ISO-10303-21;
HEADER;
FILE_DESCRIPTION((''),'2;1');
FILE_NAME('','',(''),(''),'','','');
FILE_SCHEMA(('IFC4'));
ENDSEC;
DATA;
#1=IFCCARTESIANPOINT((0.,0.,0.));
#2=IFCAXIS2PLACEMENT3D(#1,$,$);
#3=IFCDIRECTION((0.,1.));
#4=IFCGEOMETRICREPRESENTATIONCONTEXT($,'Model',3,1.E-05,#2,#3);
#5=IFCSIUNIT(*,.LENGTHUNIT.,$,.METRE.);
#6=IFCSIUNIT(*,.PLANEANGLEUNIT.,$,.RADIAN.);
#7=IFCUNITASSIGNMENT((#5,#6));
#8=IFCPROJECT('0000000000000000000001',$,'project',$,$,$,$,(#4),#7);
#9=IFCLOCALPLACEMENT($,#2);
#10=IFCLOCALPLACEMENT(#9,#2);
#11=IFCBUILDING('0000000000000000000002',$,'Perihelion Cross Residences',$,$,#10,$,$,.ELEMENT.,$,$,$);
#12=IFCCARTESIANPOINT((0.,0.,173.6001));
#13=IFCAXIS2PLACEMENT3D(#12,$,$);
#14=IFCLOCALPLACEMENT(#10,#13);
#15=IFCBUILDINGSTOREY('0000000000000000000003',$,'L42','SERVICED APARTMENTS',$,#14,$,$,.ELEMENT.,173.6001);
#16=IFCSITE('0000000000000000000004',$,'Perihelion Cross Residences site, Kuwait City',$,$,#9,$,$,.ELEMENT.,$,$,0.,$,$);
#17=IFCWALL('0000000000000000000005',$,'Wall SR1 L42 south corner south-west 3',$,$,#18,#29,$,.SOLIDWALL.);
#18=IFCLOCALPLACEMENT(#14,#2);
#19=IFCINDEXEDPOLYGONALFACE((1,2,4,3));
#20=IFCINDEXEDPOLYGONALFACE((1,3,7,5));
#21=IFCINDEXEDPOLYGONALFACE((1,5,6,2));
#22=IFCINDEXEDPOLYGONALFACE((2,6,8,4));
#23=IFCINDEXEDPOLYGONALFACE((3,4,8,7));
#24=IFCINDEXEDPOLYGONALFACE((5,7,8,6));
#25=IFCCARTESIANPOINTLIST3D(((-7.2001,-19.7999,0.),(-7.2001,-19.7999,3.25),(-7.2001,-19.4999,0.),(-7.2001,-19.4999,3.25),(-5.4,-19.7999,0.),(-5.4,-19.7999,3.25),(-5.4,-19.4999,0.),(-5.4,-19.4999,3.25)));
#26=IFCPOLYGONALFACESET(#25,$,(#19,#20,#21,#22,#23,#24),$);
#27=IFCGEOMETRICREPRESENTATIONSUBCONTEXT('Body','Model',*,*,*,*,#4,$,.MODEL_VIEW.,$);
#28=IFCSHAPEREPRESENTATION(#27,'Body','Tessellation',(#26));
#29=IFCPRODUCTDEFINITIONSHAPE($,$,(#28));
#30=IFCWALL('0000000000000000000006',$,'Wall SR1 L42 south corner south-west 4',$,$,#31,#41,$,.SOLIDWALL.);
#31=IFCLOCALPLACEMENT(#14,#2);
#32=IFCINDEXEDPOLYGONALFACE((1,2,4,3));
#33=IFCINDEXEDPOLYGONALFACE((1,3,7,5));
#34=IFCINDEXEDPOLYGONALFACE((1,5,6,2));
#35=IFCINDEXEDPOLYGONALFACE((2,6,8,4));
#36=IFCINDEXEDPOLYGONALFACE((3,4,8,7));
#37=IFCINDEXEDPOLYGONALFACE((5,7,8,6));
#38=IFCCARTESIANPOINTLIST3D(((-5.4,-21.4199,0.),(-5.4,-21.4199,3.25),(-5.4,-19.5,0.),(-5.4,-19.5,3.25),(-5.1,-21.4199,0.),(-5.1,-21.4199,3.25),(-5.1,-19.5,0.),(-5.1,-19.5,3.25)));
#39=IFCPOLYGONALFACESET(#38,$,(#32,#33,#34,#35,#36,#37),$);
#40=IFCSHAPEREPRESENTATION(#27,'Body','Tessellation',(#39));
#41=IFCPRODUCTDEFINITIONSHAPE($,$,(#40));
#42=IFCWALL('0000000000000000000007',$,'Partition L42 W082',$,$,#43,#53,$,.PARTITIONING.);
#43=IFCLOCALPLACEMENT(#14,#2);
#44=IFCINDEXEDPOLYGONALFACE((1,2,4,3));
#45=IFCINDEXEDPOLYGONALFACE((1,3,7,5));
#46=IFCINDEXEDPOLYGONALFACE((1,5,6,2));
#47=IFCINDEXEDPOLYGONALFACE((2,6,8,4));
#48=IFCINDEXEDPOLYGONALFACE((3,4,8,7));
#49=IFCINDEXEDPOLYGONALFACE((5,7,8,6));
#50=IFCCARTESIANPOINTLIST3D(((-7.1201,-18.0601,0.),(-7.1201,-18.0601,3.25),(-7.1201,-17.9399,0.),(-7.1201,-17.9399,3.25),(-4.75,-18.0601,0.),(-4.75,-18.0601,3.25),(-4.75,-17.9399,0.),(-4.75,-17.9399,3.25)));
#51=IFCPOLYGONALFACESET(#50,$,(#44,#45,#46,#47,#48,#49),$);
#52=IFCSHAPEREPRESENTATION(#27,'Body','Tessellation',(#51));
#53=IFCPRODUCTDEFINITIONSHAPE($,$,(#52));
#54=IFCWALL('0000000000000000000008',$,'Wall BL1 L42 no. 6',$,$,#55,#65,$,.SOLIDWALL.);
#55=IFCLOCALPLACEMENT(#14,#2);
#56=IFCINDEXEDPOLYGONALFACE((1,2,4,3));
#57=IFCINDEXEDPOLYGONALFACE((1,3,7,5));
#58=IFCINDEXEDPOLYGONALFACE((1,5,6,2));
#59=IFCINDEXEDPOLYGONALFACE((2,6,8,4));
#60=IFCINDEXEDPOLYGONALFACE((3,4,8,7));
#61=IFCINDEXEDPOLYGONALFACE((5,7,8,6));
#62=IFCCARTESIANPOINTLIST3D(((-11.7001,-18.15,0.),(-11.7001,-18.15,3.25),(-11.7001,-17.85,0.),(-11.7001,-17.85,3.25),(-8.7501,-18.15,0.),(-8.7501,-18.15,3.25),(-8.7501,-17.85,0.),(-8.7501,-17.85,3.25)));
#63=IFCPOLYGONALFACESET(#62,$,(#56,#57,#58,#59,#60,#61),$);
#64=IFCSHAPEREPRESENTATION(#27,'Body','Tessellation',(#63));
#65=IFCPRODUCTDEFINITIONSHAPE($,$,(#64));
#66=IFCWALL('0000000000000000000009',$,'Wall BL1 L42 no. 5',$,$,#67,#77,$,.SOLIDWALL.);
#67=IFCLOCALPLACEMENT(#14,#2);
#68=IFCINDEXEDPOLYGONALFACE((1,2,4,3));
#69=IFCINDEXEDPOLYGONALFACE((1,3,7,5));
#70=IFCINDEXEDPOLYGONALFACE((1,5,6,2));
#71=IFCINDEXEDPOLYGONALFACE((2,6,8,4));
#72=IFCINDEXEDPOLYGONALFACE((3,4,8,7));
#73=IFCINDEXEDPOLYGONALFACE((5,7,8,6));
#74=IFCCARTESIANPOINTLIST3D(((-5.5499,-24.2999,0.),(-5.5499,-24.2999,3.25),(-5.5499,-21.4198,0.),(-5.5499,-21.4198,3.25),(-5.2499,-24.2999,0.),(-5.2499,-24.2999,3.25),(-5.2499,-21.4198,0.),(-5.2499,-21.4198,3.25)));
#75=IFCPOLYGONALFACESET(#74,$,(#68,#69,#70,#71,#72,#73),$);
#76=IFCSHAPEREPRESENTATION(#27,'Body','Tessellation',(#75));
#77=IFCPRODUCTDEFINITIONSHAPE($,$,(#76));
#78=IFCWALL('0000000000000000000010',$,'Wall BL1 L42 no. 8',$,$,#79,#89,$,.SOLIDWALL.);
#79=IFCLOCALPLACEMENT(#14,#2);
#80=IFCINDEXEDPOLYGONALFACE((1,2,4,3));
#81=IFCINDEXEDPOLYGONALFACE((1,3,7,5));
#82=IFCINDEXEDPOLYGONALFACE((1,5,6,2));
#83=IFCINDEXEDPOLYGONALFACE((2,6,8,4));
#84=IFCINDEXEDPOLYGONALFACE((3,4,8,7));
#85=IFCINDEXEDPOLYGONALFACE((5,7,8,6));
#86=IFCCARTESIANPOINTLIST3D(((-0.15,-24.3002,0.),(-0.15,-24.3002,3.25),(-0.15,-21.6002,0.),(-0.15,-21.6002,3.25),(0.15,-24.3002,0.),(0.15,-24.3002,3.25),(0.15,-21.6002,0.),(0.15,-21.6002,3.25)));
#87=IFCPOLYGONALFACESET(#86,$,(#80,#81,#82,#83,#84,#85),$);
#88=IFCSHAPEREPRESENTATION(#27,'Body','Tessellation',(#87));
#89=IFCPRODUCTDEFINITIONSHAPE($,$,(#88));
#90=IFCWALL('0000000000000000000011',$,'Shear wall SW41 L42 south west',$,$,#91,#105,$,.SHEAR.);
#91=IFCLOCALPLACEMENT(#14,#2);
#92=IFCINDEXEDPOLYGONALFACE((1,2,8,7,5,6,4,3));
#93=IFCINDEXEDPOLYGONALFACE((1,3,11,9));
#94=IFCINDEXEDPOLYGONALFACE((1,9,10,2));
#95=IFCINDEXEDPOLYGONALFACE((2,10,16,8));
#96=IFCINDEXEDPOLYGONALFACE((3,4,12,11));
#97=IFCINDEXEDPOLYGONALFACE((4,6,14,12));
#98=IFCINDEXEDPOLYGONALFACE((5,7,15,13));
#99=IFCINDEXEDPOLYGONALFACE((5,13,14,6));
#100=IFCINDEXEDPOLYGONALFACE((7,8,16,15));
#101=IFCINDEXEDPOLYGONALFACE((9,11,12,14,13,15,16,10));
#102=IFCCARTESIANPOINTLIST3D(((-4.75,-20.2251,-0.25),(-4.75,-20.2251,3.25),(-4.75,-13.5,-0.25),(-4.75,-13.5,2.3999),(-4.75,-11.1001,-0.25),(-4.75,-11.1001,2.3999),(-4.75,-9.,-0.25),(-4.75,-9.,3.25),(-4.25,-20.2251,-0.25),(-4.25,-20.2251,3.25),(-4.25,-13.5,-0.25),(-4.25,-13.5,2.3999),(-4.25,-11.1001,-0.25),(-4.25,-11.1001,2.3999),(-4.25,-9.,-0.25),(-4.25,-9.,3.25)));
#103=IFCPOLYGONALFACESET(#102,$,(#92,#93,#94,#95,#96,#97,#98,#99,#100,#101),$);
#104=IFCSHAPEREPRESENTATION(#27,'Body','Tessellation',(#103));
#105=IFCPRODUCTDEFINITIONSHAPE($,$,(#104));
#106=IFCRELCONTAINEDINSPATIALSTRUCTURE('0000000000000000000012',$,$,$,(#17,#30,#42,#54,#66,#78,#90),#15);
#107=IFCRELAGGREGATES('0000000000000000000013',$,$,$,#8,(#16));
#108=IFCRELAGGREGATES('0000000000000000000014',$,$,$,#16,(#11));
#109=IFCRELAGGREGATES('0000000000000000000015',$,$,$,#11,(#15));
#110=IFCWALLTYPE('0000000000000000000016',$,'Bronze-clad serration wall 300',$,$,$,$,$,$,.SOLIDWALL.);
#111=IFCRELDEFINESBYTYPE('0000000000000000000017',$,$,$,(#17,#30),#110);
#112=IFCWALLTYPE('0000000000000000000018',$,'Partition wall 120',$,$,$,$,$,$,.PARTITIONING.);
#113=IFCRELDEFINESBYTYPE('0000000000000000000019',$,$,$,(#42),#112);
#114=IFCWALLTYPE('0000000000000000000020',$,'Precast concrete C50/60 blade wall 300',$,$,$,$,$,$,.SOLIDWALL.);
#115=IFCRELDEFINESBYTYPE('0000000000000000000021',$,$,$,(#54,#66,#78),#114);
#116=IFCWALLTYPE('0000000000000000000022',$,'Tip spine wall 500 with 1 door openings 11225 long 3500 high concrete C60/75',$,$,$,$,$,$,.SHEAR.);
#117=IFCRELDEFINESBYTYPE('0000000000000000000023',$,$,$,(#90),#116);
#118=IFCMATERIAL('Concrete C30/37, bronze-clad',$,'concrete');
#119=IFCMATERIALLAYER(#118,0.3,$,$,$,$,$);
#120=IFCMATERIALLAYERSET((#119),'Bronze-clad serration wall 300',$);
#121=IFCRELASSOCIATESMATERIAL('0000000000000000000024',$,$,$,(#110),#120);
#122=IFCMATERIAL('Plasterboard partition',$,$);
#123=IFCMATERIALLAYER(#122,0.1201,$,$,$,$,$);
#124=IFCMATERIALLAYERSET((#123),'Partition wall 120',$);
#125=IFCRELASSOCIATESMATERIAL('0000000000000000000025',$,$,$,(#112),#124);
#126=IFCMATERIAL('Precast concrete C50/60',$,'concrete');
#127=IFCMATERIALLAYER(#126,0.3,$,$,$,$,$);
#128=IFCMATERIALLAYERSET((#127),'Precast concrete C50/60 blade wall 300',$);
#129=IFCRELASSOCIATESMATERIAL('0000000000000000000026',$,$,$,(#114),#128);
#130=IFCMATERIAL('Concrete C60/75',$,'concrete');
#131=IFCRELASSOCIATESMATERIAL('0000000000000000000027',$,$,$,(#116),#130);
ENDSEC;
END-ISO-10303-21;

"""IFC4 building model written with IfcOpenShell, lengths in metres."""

from ifc_helpers import new_model, si_unit, direction, frame, frame_2d, origin, place, context, subcontext, project, spatial, polyline, rectangle, outline, extrude, material, layer, layer_set, material_profile, profile_set, type_object, element, save


model = new_model("IFC4")

# Units and contexts
model_context = context("Model", 3, precision=1e-05, world=origin(), true_north=direction((0.0, 1.0)))
body_context = subcontext(model_context, "Body", "Model", "MODEL_VIEW")
ifc_project = project(units=[si_unit("LENGTHUNIT", "METRE"), si_unit("PLANEANGLEUNIT", "RADIAN")], contexts=[model_context])

# Site, building, storey
site_placement = place(None, origin())
site = spatial("IfcSite", under=ifc_project, at=site_placement, Name="Perihelion Cross Residences site, Kuwait City", CompositionType="ELEMENT", RefElevation=0.0)
building_placement = place(site_placement, origin())
building = spatial("IfcBuilding", under=site, at=building_placement, Name="Perihelion Cross Residences", CompositionType="ELEMENT")
storey_placement = place(building_placement, frame((0.0, 0.0, 173.6001)))
storey = spatial("IfcBuildingStorey", under=building, at=storey_placement, Name="L42", Description="SERVICED APARTMENTS", CompositionType="ELEMENT", Elevation=173.6001)

# Walls
ifc_material_1 = material(Name="Concrete C30/37, bronze-clad", Category="concrete")
ifc_layer_1 = layer(ifc_material_1, 0.3)
ifc_layer_set_1 = layer_set([ifc_layer_1], Name="Bronze-clad serration wall 300")
wall_type_1 = type_object("IfcWallType", Name="Bronze-clad serration wall 300", PredefinedType="SOLIDWALL", material=ifc_layer_set_1)
for number, where, z_axis, x_axis, name in (
    (1, (-7.2, -19.6499, 0.0), (0.0, 0.0, 1.0), (1.0, 0.0, 0.0), "Wall SR1 L42 south corner south-west 3"),
):
    element("IfcWall", number, at=place(storey_placement, frame(where, z_axis=z_axis, x_axis=x_axis)), inside=storey, type_object=wall_type_1, Name=name, PredefinedType="SOLIDWALL", context=body_context, shape_type="SweptSolid", body=[
        extrude(rectangle(XDim=1.8, YDim=0.3, at=frame_2d((0.8999, 0.0))), origin(), (0.0, 0.0, 1.0), 3.25),
    ])
wall_1_placement = place(storey_placement, frame((-5.25, -19.5, 0.0), z_axis=(0.0, 0.0, 1.0), x_axis=(0.0, -1.0, 0.0)))
element("IfcWall", 2, at=wall_1_placement, inside=storey, type_object=wall_type_1, Name="Wall SR1 L42 south corner south-west 4", PredefinedType="SOLIDWALL", context=body_context, shape_type="SweptSolid", body=[
    extrude(rectangle(XDim=1.9199, YDim=0.3, at=frame_2d((0.96, 0.0))), origin(), (0.0, 0.0, 1.0), 3.25),
])
ifc_material_2 = material(Name="Plasterboard partition")
ifc_layer_2 = layer(ifc_material_2, 0.1201)
ifc_layer_set_2 = layer_set([ifc_layer_2], Name="Partition wall 120")
wall_type_2 = type_object("IfcWallType", Name="Partition wall 120", PredefinedType="PARTITIONING", material=ifc_layer_set_2)
wall_2_placement = place(storey_placement, frame((-4.75, -18.0, 0.0), z_axis=(0.0, 0.0, 1.0), x_axis=(-1.0, 0.0, 0.0)))
element("IfcWall", 3, at=wall_2_placement, inside=storey, type_object=wall_type_2, Name="Partition L42 W082", PredefinedType="PARTITIONING", context=body_context, shape_type="SweptSolid", body=[
    extrude(rectangle(XDim=2.3701, YDim=0.1201, at=frame_2d((1.1851, 0.0))), origin(), (0.0, 0.0, 1.0), 3.25),
])
ifc_material_3 = material(Name="Precast concrete C50/60", Category="concrete")
ifc_layer_3 = layer(ifc_material_3, 0.3)
ifc_layer_set_3 = layer_set([ifc_layer_3], Name="Precast concrete C50/60 blade wall 300")
wall_type_3 = type_object("IfcWallType", Name="Precast concrete C50/60 blade wall 300", PredefinedType="SOLIDWALL", material=ifc_layer_set_3)
wall_3_placement = place(storey_placement, frame((-8.75, -18.0, 0.0), z_axis=(0.0, 0.0, 1.0), x_axis=(-1.0, 0.0, 0.0)))
element("IfcWall", 4, at=wall_3_placement, inside=storey, type_object=wall_type_3, Name="Wall BL1 L42 no. 6", PredefinedType="SOLIDWALL", context=body_context, shape_type="SweptSolid", body=[
    extrude(rectangle(XDim=2.95, YDim=0.3, at=frame_2d((1.4751, 0.0))), origin(), (0.0, 0.0, 1.0), 3.25),
])
wall_4_placement = place(storey_placement, frame((-5.3999, -21.4199, 0.0), z_axis=(0.0, 0.0, 1.0), x_axis=(0.0, -1.0, 0.0)))
element("IfcWall", 5, at=wall_4_placement, inside=storey, type_object=wall_type_3, Name="Wall BL1 L42 no. 5", PredefinedType="SOLIDWALL", context=body_context, shape_type="SweptSolid", body=[
    extrude(rectangle(XDim=2.8801, YDim=0.3, at=frame_2d((1.4399, 0.0))), origin(), (0.0, 0.0, 1.0), 3.25),
])
wall_5_placement = place(storey_placement, frame((0.0, -21.6001, 0.0), z_axis=(0.0, 0.0, 1.0), x_axis=(0.0, -1.0, 0.0)))
element("IfcWall", 6, at=wall_5_placement, inside=storey, type_object=wall_type_3, Name="Wall BL1 L42 no. 8", PredefinedType="SOLIDWALL", context=body_context, shape_type="SweptSolid", body=[
    extrude(rectangle(XDim=2.7, YDim=0.3, at=frame_2d((1.3501, 0.0))), origin(), (0.0, 0.0, 1.0), 3.25),
])
ifc_material_4 = material(Name="Concrete C60/75", Category="concrete")
ifc_material_profile_1 = material_profile(ifc_material_4, outline(polyline([(0.0, 0.0), (6.7251, 0.0), (6.7251, 2.6499), (9.125, 2.6499), (9.125, 0.0), (11.2251, 0.0), (11.2251, 3.5), (0.0, 3.5), (0.0, 0.0)])), Name="Tip spine wall")
ifc_profile_set_1 = profile_set([ifc_material_profile_1], Name="Concrete C60/75")
wall_type_4 = type_object("IfcWallType", Name="Tip spine wall 500 with 1 door openings 11225 long 3500 high concrete C60/75", PredefinedType="SHEAR", material=ifc_profile_set_1)
wall_6_placement = place(storey_placement, frame((-4.75, -20.2251, -0.25), z_axis=(1.0, 0.0, 0.0), x_axis=(0.0, 1.0, 0.0)))
element("IfcWall", 7, at=wall_6_placement, inside=storey, type_object=wall_type_4, Name="Shear wall SW41 L42 south west", PredefinedType="SHEAR", context=body_context, shape_type="SweptSolid", body=[
    extrude(outline(polyline([(0.0, 0.0), (6.7251, 0.0), (6.7251, 2.6499), (9.125, 2.6499), (9.125, 0.0), (11.2251, 0.0), (11.2251, 3.5), (0.0, 3.5), (0.0, 0.0)])), origin(), (0.0, 0.0, 1.0), 0.5),
])

save(model, "model.ifc")
